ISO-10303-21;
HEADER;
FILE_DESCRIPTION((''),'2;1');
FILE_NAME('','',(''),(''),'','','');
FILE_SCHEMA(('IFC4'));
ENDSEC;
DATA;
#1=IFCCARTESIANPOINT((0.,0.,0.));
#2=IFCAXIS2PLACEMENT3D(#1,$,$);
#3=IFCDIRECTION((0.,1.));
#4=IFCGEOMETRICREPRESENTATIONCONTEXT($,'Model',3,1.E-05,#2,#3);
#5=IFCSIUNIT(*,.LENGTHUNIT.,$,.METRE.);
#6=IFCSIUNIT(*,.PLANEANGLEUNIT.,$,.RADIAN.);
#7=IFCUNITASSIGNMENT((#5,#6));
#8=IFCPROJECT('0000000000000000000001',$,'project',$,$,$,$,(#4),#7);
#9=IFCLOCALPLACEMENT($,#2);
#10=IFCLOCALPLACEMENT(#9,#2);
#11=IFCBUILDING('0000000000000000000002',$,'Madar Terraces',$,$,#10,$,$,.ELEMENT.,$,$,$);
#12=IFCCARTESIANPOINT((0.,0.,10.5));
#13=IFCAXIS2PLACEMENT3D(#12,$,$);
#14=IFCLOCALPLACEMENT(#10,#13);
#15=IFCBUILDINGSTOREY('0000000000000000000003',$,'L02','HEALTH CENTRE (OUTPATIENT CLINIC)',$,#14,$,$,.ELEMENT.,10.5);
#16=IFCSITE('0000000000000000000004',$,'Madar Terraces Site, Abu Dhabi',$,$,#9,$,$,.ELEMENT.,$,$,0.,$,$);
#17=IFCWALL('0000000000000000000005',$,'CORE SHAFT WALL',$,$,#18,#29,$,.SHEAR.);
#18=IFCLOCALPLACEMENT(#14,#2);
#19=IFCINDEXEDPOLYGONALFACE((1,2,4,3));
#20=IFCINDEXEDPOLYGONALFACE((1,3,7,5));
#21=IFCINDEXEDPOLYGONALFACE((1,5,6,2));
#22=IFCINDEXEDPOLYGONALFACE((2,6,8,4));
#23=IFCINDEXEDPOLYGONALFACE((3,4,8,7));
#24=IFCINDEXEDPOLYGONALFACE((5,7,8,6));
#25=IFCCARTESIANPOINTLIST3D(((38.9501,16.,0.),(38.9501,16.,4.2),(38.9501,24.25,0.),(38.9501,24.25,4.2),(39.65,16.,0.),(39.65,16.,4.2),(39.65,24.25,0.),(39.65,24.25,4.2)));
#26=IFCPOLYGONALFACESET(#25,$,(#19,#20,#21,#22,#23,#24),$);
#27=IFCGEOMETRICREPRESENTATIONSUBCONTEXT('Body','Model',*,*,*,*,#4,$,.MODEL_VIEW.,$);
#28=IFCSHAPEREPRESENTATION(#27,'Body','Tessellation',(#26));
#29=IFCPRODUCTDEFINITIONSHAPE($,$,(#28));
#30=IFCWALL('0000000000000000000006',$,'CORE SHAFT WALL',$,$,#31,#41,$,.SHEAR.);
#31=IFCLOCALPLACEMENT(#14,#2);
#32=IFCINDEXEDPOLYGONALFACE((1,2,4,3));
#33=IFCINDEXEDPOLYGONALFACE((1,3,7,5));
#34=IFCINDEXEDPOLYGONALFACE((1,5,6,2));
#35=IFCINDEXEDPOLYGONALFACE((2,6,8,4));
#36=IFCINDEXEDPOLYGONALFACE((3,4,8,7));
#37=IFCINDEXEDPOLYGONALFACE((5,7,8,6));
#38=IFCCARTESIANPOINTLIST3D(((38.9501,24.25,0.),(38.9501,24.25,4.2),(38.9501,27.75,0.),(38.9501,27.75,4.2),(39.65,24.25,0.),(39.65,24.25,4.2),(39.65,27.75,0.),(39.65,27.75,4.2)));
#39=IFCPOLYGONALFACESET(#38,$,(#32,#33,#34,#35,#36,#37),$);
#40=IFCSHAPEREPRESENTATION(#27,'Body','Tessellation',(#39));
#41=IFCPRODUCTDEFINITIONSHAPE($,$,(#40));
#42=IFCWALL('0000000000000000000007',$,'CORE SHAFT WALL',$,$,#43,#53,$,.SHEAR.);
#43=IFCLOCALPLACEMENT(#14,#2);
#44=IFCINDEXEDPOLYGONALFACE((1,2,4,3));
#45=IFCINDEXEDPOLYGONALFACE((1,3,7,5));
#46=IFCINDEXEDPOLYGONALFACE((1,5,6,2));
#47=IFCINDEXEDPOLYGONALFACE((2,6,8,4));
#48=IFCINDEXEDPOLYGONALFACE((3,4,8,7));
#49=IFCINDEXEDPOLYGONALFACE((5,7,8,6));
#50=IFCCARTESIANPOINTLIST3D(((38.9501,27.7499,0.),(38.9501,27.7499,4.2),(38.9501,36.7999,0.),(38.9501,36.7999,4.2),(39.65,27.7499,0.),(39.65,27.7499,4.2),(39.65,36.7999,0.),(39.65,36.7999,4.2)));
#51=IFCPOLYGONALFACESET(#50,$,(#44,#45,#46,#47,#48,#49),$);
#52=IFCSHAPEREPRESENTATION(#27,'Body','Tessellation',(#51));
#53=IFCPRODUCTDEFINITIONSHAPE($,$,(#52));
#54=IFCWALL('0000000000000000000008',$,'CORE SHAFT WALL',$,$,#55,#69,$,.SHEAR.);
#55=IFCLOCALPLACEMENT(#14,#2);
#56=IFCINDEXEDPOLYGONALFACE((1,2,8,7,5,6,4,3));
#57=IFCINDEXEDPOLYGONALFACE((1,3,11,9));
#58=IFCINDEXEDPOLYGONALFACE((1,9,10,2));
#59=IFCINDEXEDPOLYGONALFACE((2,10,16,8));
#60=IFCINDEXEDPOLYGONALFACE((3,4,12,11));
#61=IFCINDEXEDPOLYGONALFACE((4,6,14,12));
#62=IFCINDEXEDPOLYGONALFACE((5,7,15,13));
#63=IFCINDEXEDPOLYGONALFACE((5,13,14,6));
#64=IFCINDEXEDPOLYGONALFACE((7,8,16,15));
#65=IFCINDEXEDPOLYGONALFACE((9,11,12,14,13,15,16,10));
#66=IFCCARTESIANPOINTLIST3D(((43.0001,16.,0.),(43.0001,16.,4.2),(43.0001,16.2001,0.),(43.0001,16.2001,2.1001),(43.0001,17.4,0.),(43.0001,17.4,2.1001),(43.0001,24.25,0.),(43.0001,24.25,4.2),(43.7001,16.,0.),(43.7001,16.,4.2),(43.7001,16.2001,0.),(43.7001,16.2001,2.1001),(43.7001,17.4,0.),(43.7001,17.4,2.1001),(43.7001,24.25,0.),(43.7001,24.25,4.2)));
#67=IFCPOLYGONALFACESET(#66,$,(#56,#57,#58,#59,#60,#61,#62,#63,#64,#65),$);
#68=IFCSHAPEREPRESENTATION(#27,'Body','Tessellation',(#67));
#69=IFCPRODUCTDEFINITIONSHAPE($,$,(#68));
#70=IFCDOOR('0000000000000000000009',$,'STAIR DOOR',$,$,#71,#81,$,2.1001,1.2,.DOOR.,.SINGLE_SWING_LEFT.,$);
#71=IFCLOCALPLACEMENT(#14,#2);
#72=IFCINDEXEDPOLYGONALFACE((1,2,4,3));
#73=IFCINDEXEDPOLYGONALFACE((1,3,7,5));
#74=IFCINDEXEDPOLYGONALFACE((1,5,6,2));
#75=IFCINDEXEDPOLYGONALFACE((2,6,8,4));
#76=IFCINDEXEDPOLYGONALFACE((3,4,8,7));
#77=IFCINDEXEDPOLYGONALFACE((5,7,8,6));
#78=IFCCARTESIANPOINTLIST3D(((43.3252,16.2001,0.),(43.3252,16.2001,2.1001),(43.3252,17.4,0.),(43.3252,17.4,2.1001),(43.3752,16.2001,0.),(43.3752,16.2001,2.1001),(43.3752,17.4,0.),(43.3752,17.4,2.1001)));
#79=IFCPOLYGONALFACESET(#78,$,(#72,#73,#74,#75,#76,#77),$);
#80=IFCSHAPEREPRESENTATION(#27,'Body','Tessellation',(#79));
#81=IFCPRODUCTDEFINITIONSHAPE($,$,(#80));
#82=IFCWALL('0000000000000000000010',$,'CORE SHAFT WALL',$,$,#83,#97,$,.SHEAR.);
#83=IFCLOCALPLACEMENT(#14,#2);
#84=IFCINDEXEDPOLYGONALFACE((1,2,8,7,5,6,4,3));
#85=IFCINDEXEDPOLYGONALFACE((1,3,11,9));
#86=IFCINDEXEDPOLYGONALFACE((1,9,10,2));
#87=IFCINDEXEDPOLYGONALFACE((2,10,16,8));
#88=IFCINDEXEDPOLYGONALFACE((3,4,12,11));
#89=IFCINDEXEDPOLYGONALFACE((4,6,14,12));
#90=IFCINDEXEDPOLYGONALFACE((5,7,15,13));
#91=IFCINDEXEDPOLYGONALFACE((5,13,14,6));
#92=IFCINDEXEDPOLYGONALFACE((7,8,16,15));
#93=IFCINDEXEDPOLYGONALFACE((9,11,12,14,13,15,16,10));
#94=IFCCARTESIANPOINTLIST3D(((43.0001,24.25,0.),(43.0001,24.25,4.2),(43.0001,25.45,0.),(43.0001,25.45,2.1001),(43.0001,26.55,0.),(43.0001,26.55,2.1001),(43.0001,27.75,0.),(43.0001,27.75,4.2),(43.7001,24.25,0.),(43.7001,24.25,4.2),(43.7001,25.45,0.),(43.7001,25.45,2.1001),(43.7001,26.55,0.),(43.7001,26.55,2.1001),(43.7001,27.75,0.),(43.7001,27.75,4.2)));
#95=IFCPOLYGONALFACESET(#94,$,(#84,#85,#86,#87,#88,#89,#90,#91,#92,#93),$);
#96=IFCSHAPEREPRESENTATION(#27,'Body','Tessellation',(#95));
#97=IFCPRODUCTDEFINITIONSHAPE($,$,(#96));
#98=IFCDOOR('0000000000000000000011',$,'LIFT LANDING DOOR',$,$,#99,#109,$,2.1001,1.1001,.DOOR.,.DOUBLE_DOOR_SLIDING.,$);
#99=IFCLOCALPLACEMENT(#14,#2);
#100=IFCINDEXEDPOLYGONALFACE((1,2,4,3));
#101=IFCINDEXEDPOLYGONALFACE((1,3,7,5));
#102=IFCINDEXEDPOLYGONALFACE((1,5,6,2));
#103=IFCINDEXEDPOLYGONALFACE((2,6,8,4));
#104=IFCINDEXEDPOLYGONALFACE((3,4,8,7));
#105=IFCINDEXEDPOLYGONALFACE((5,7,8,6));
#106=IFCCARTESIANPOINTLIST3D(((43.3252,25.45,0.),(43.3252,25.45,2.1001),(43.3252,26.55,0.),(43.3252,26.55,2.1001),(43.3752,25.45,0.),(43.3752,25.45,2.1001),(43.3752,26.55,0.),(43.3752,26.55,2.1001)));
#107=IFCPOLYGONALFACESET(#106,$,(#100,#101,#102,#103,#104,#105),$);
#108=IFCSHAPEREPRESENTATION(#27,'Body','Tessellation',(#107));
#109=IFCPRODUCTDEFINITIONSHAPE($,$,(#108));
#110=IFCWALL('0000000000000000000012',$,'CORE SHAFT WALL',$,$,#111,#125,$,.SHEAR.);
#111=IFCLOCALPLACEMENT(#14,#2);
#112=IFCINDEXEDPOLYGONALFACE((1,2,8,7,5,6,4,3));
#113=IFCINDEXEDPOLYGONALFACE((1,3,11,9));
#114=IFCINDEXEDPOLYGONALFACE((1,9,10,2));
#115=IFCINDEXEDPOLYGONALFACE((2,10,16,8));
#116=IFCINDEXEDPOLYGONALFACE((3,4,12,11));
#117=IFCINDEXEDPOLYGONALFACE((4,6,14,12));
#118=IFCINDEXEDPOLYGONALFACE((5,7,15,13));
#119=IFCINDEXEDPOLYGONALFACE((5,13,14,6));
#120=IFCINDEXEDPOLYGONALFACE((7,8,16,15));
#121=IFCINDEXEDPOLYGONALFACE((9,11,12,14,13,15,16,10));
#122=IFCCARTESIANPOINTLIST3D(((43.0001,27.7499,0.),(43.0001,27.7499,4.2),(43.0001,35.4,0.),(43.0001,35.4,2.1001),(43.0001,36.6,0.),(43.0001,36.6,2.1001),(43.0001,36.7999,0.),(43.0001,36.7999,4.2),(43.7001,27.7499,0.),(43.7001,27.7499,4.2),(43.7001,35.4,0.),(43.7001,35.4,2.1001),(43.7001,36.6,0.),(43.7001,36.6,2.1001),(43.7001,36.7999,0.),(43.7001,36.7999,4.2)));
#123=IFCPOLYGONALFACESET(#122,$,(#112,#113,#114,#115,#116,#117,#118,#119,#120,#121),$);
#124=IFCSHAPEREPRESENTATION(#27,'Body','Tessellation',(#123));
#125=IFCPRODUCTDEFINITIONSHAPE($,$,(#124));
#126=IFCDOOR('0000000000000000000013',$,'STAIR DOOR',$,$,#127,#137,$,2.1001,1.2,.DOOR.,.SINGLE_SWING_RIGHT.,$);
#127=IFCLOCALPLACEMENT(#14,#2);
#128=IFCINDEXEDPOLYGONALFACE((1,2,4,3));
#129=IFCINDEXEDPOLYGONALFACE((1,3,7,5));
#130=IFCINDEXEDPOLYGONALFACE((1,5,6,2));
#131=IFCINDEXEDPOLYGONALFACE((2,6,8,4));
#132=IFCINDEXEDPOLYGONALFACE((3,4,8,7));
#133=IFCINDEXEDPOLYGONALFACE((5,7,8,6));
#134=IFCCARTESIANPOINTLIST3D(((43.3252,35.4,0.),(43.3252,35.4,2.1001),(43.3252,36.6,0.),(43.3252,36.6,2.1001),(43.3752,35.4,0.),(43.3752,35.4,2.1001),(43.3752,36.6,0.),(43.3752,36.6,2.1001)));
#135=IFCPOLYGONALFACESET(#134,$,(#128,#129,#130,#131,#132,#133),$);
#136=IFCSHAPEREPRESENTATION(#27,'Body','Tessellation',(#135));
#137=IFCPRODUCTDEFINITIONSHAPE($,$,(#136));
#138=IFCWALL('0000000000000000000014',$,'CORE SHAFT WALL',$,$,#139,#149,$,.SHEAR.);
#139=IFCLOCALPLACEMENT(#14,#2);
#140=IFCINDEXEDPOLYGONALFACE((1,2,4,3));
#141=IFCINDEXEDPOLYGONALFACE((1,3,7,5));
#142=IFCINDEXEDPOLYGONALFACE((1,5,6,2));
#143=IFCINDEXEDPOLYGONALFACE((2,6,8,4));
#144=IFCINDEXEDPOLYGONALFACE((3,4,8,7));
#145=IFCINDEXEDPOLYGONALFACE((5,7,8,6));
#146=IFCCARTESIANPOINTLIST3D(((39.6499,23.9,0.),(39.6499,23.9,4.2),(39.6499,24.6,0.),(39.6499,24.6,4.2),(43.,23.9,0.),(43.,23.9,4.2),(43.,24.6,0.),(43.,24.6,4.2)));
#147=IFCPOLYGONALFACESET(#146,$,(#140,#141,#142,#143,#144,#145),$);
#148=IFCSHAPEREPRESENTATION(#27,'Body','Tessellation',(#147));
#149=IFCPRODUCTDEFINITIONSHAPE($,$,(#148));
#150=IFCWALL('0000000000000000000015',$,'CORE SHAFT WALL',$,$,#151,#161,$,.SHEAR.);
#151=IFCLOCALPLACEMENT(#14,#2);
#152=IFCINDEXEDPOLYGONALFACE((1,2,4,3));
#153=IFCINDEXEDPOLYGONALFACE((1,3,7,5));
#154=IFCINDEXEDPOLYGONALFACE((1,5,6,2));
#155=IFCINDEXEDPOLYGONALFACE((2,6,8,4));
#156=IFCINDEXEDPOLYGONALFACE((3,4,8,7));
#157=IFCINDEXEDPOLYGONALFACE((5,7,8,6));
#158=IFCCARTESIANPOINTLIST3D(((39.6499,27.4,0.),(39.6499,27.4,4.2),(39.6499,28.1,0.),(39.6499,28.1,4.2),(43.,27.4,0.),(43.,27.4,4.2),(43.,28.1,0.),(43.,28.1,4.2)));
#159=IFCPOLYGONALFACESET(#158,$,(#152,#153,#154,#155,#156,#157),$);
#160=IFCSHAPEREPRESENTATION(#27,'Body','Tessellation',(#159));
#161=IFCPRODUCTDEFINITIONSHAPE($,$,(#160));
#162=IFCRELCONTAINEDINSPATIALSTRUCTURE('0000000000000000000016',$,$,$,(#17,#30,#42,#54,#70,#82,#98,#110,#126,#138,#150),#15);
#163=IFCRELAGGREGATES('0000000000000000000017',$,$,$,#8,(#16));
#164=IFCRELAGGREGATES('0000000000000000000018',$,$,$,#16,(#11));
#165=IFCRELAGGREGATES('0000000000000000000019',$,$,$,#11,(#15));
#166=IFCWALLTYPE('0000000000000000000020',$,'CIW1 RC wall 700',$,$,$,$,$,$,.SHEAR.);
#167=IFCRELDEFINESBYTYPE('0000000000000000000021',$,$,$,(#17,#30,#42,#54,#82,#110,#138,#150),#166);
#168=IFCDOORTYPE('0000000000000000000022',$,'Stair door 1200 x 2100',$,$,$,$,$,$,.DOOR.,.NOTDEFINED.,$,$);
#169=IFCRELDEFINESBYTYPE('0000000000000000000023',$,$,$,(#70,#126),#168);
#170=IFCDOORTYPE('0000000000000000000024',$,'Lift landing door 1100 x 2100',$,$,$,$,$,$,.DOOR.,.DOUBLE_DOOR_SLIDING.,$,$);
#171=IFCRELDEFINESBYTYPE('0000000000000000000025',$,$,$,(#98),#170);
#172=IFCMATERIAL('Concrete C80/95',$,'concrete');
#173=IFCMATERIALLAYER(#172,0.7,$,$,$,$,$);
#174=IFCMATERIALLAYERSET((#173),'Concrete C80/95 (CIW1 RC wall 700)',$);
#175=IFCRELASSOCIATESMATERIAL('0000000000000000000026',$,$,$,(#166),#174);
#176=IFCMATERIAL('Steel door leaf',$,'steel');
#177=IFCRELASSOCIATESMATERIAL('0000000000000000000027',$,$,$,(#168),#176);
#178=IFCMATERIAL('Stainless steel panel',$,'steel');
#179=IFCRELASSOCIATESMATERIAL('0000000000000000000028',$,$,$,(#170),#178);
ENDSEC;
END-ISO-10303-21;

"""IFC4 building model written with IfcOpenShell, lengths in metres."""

from ifc_helpers import new_model, si_unit, direction, frame, frame_2d, origin, place, context, subcontext, project, spatial, rectangle, extrude, material, layer, layer_set, type_object, element, fill, save


model = new_model("IFC4")

# Units and contexts
model_context = context("Model", 3, precision=1e-05, world=origin(), true_north=direction((0.0, 1.0)))
body_context = subcontext(model_context, "Body", "Model", "MODEL_VIEW")
ifc_project = project(units=[si_unit("LENGTHUNIT", "METRE"), si_unit("PLANEANGLEUNIT", "RADIAN")], contexts=[model_context])

# Site, building, storey
site_placement = place(None, origin())
site = spatial("IfcSite", under=ifc_project, at=site_placement, Name="Madar Terraces Site, Abu Dhabi", CompositionType="ELEMENT", RefElevation=0.0)
building_placement = place(site_placement, origin())
building = spatial("IfcBuilding", under=site, at=building_placement, Name="Madar Terraces", CompositionType="ELEMENT")
storey_placement = place(building_placement, frame((0.0, 0.0, 10.5)))
storey = spatial("IfcBuildingStorey", under=building, at=storey_placement, Name="L02", Description="HEALTH CENTRE (OUTPATIENT CLINIC)", CompositionType="ELEMENT", Elevation=10.5)

# Walls
ifc_material_1 = material(Name="Concrete C80/95", Category="concrete")
ifc_layer_1 = layer(ifc_material_1, 0.7)
ifc_layer_set_1 = layer_set([ifc_layer_1], Name="Concrete C80/95 (CIW1 RC wall 700)")
wall_type_1 = type_object("IfcWallType", Name="CIW1 RC wall 700", PredefinedType="SHEAR", material=ifc_layer_set_1)
wall_1_placement = place(storey_placement, frame((39.3, 16.0, 0.0), z_axis=(0.0, 0.0, 1.0), x_axis=(0.0, 1.0, 0.0)))
element("IfcWall", 1, at=wall_1_placement, inside=storey, type_object=wall_type_1, Name="CORE SHAFT WALL", PredefinedType="SHEAR", context=body_context, shape_type="SweptSolid", body=[
    extrude(rectangle(XDim=8.25, YDim=0.7, at=frame_2d((4.125, 0.0))), origin(), (0.0, 0.0, 1.0), 4.2),
])
wall_2_placement = place(storey_placement, frame((39.3, 24.25, 0.0), z_axis=(0.0, 0.0, 1.0), x_axis=(0.0, 1.0, 0.0)))
element("IfcWall", 2, at=wall_2_placement, inside=storey, type_object=wall_type_1, Name="CORE SHAFT WALL", PredefinedType="SHEAR", context=body_context, shape_type="SweptSolid", body=[
    extrude(rectangle(XDim=3.5, YDim=0.7, at=frame_2d((1.75, 0.0))), origin(), (0.0, 0.0, 1.0), 4.2),
])
wall_3_placement = place(storey_placement, frame((39.3, 27.75, 0.0), z_axis=(0.0, 0.0, 1.0), x_axis=(0.0, 1.0, 0.0)))
element("IfcWall", 3, at=wall_3_placement, inside=storey, type_object=wall_type_1, Name="CORE SHAFT WALL", PredefinedType="SHEAR", context=body_context, shape_type="SweptSolid", body=[
    extrude(rectangle(XDim=9.05, YDim=0.7, at=frame_2d((4.5249, 0.0))), origin(), (0.0, 0.0, 1.0), 4.2),
])

# Walls, openings, doors
wall_4_placement = place(storey_placement, frame((43.3501, 16.0, 0.0), z_axis=(0.0, 0.0, 1.0), x_axis=(0.0, 1.0, 0.0)))
wall_4 = element("IfcWall", 4, at=wall_4_placement, inside=storey, type_object=wall_type_1, Name="CORE SHAFT WALL", PredefinedType="SHEAR", context=body_context, shape_type="SweptSolid", body=[
    extrude(rectangle(XDim=8.25, YDim=0.7, at=frame_2d((4.125, 0.0))), origin(), (0.0, 0.0, 1.0), 4.2),
])
opening_1_placement = place(wall_4_placement, frame((0.2, 0.0, 0.0)))
opening_1 = element("IfcOpeningElement", 5, at=opening_1_placement, cuts=wall_4, PredefinedType="OPENING", context=body_context, shape_type="SweptSolid", body=[
    extrude(rectangle(XDim=1.2, YDim=2.1001, at=frame_2d((0.6001, 1.05))), frame((0.0, 0.3599, 0.0), z_axis=(0.0, -1.0, 0.0), x_axis=(1.0, 0.0, 0.0)), (0.0, 0.0, 1.0), 0.72),
])
ifc_material_2 = material(Name="Steel door leaf", Category="steel")
door_type_1 = type_object("IfcDoorType", Name="Stair door 1200 x 2100", OperationType="NOTDEFINED", PredefinedType="DOOR", material=ifc_material_2)
door_1_placement = place(opening_1_placement, origin())
door_1 = element("IfcDoor", 6, at=door_1_placement, inside=storey, type_object=door_type_1, Name="STAIR DOOR", OperationType="SINGLE_SWING_LEFT", OverallHeight=2.1001, OverallWidth=1.2, PredefinedType="DOOR", context=body_context, shape_type="SweptSolid", body=[
    extrude(rectangle(XDim=1.2, YDim=2.1001, at=frame_2d((0.6001, 1.05))), frame((0.0, 0.0249, 0.0), z_axis=(0.0, -1.0, 0.0), x_axis=(1.0, 0.0, 0.0)), (0.0, 0.0, 1.0), 0.05),
])
fill(opening_1, door_1)
wall_5_placement = place(storey_placement, frame((43.3501, 24.25, 0.0), z_axis=(0.0, 0.0, 1.0), x_axis=(0.0, 1.0, 0.0)))
wall_5 = element("IfcWall", 7, at=wall_5_placement, inside=storey, type_object=wall_type_1, Name="CORE SHAFT WALL", PredefinedType="SHEAR", context=body_context, shape_type="SweptSolid", body=[
    extrude(rectangle(XDim=3.5, YDim=0.7, at=frame_2d((1.75, 0.0))), origin(), (0.0, 0.0, 1.0), 4.2),
])
opening_2_placement = place(wall_5_placement, frame((1.2, 0.0, 0.0)))
opening_2 = element("IfcOpeningElement", 8, at=opening_2_placement, cuts=wall_5, PredefinedType="OPENING", context=body_context, shape_type="SweptSolid", body=[
    extrude(rectangle(XDim=1.1001, YDim=2.1001, at=frame_2d((0.55, 1.05))), frame((0.0, 0.3599, 0.0), z_axis=(0.0, -1.0, 0.0), x_axis=(1.0, 0.0, 0.0)), (0.0, 0.0, 1.0), 0.72),
])
ifc_material_3 = material(Name="Stainless steel panel", Category="steel")
door_type_2 = type_object("IfcDoorType", Name="Lift landing door 1100 x 2100", OperationType="DOUBLE_DOOR_SLIDING", PredefinedType="DOOR", material=ifc_material_3)
door_2_placement = place(opening_2_placement, origin())
door_2 = element("IfcDoor", 9, at=door_2_placement, inside=storey, type_object=door_type_2, Name="LIFT LANDING DOOR", OperationType="DOUBLE_DOOR_SLIDING", OverallHeight=2.1001, OverallWidth=1.1001, PredefinedType="DOOR", context=body_context, shape_type="SweptSolid", body=[
    extrude(rectangle(XDim=1.1001, YDim=2.1001, at=frame_2d((0.55, 1.05))), frame((0.0, 0.0249, 0.0), z_axis=(0.0, -1.0, 0.0), x_axis=(1.0, 0.0, 0.0)), (0.0, 0.0, 1.0), 0.05),
])
fill(opening_2, door_2)
wall_6_placement = place(storey_placement, frame((43.3501, 27.75, 0.0), z_axis=(0.0, 0.0, 1.0), x_axis=(0.0, 1.0, 0.0)))
wall_6 = element("IfcWall", 10, at=wall_6_placement, inside=storey, type_object=wall_type_1, Name="CORE SHAFT WALL", PredefinedType="SHEAR", context=body_context, shape_type="SweptSolid", body=[
    extrude(rectangle(XDim=9.05, YDim=0.7, at=frame_2d((4.5249, 0.0))), origin(), (0.0, 0.0, 1.0), 4.2),
])
opening_3_placement = place(wall_6_placement, frame((7.6499, 0.0, 0.0)))
opening_3 = element("IfcOpeningElement", 11, at=opening_3_placement, cuts=wall_6, PredefinedType="OPENING", context=body_context, shape_type="SweptSolid", body=[
    extrude(rectangle(XDim=1.2, YDim=2.1001, at=frame_2d((0.6001, 1.05))), frame((0.0, 0.3599, 0.0), z_axis=(0.0, -1.0, 0.0), x_axis=(1.0, 0.0, 0.0)), (0.0, 0.0, 1.0), 0.72),
])
door_3_placement = place(opening_3_placement, origin())
door_3 = element("IfcDoor", 12, at=door_3_placement, inside=storey, type_object=door_type_1, Name="STAIR DOOR", OperationType="SINGLE_SWING_RIGHT", OverallHeight=2.1001, OverallWidth=1.2, PredefinedType="DOOR", context=body_context, shape_type="SweptSolid", body=[
    extrude(rectangle(XDim=1.2, YDim=2.1001, at=frame_2d((0.6001, 1.05))), frame((0.0, 0.0249, 0.0), z_axis=(0.0, -1.0, 0.0), x_axis=(1.0, 0.0, 0.0)), (0.0, 0.0, 1.0), 0.05),
])
fill(opening_3, door_3)

# Walls
for number, where, z_axis, x_axis, name in (
    (13, (39.6499, 24.25, 0.0), (0.0, 0.0, 1.0), (1.0, 0.0, 0.0), "CORE SHAFT WALL"),
    (14, (39.6499, 27.75, 0.0), (0.0, 0.0, 1.0), (1.0, 0.0, 0.0), "CORE SHAFT WALL"),
):
    element("IfcWall", number, at=place(storey_placement, frame(where, z_axis=z_axis, x_axis=x_axis)), inside=storey, type_object=wall_type_1, Name=name, PredefinedType="SHEAR", context=body_context, shape_type="SweptSolid", body=[
        extrude(rectangle(XDim=3.3501, YDim=0.7, at=frame_2d((1.675, 0.0))), origin(), (0.0, 0.0, 1.0), 4.2),
    ])

save(model, "model.ifc")
